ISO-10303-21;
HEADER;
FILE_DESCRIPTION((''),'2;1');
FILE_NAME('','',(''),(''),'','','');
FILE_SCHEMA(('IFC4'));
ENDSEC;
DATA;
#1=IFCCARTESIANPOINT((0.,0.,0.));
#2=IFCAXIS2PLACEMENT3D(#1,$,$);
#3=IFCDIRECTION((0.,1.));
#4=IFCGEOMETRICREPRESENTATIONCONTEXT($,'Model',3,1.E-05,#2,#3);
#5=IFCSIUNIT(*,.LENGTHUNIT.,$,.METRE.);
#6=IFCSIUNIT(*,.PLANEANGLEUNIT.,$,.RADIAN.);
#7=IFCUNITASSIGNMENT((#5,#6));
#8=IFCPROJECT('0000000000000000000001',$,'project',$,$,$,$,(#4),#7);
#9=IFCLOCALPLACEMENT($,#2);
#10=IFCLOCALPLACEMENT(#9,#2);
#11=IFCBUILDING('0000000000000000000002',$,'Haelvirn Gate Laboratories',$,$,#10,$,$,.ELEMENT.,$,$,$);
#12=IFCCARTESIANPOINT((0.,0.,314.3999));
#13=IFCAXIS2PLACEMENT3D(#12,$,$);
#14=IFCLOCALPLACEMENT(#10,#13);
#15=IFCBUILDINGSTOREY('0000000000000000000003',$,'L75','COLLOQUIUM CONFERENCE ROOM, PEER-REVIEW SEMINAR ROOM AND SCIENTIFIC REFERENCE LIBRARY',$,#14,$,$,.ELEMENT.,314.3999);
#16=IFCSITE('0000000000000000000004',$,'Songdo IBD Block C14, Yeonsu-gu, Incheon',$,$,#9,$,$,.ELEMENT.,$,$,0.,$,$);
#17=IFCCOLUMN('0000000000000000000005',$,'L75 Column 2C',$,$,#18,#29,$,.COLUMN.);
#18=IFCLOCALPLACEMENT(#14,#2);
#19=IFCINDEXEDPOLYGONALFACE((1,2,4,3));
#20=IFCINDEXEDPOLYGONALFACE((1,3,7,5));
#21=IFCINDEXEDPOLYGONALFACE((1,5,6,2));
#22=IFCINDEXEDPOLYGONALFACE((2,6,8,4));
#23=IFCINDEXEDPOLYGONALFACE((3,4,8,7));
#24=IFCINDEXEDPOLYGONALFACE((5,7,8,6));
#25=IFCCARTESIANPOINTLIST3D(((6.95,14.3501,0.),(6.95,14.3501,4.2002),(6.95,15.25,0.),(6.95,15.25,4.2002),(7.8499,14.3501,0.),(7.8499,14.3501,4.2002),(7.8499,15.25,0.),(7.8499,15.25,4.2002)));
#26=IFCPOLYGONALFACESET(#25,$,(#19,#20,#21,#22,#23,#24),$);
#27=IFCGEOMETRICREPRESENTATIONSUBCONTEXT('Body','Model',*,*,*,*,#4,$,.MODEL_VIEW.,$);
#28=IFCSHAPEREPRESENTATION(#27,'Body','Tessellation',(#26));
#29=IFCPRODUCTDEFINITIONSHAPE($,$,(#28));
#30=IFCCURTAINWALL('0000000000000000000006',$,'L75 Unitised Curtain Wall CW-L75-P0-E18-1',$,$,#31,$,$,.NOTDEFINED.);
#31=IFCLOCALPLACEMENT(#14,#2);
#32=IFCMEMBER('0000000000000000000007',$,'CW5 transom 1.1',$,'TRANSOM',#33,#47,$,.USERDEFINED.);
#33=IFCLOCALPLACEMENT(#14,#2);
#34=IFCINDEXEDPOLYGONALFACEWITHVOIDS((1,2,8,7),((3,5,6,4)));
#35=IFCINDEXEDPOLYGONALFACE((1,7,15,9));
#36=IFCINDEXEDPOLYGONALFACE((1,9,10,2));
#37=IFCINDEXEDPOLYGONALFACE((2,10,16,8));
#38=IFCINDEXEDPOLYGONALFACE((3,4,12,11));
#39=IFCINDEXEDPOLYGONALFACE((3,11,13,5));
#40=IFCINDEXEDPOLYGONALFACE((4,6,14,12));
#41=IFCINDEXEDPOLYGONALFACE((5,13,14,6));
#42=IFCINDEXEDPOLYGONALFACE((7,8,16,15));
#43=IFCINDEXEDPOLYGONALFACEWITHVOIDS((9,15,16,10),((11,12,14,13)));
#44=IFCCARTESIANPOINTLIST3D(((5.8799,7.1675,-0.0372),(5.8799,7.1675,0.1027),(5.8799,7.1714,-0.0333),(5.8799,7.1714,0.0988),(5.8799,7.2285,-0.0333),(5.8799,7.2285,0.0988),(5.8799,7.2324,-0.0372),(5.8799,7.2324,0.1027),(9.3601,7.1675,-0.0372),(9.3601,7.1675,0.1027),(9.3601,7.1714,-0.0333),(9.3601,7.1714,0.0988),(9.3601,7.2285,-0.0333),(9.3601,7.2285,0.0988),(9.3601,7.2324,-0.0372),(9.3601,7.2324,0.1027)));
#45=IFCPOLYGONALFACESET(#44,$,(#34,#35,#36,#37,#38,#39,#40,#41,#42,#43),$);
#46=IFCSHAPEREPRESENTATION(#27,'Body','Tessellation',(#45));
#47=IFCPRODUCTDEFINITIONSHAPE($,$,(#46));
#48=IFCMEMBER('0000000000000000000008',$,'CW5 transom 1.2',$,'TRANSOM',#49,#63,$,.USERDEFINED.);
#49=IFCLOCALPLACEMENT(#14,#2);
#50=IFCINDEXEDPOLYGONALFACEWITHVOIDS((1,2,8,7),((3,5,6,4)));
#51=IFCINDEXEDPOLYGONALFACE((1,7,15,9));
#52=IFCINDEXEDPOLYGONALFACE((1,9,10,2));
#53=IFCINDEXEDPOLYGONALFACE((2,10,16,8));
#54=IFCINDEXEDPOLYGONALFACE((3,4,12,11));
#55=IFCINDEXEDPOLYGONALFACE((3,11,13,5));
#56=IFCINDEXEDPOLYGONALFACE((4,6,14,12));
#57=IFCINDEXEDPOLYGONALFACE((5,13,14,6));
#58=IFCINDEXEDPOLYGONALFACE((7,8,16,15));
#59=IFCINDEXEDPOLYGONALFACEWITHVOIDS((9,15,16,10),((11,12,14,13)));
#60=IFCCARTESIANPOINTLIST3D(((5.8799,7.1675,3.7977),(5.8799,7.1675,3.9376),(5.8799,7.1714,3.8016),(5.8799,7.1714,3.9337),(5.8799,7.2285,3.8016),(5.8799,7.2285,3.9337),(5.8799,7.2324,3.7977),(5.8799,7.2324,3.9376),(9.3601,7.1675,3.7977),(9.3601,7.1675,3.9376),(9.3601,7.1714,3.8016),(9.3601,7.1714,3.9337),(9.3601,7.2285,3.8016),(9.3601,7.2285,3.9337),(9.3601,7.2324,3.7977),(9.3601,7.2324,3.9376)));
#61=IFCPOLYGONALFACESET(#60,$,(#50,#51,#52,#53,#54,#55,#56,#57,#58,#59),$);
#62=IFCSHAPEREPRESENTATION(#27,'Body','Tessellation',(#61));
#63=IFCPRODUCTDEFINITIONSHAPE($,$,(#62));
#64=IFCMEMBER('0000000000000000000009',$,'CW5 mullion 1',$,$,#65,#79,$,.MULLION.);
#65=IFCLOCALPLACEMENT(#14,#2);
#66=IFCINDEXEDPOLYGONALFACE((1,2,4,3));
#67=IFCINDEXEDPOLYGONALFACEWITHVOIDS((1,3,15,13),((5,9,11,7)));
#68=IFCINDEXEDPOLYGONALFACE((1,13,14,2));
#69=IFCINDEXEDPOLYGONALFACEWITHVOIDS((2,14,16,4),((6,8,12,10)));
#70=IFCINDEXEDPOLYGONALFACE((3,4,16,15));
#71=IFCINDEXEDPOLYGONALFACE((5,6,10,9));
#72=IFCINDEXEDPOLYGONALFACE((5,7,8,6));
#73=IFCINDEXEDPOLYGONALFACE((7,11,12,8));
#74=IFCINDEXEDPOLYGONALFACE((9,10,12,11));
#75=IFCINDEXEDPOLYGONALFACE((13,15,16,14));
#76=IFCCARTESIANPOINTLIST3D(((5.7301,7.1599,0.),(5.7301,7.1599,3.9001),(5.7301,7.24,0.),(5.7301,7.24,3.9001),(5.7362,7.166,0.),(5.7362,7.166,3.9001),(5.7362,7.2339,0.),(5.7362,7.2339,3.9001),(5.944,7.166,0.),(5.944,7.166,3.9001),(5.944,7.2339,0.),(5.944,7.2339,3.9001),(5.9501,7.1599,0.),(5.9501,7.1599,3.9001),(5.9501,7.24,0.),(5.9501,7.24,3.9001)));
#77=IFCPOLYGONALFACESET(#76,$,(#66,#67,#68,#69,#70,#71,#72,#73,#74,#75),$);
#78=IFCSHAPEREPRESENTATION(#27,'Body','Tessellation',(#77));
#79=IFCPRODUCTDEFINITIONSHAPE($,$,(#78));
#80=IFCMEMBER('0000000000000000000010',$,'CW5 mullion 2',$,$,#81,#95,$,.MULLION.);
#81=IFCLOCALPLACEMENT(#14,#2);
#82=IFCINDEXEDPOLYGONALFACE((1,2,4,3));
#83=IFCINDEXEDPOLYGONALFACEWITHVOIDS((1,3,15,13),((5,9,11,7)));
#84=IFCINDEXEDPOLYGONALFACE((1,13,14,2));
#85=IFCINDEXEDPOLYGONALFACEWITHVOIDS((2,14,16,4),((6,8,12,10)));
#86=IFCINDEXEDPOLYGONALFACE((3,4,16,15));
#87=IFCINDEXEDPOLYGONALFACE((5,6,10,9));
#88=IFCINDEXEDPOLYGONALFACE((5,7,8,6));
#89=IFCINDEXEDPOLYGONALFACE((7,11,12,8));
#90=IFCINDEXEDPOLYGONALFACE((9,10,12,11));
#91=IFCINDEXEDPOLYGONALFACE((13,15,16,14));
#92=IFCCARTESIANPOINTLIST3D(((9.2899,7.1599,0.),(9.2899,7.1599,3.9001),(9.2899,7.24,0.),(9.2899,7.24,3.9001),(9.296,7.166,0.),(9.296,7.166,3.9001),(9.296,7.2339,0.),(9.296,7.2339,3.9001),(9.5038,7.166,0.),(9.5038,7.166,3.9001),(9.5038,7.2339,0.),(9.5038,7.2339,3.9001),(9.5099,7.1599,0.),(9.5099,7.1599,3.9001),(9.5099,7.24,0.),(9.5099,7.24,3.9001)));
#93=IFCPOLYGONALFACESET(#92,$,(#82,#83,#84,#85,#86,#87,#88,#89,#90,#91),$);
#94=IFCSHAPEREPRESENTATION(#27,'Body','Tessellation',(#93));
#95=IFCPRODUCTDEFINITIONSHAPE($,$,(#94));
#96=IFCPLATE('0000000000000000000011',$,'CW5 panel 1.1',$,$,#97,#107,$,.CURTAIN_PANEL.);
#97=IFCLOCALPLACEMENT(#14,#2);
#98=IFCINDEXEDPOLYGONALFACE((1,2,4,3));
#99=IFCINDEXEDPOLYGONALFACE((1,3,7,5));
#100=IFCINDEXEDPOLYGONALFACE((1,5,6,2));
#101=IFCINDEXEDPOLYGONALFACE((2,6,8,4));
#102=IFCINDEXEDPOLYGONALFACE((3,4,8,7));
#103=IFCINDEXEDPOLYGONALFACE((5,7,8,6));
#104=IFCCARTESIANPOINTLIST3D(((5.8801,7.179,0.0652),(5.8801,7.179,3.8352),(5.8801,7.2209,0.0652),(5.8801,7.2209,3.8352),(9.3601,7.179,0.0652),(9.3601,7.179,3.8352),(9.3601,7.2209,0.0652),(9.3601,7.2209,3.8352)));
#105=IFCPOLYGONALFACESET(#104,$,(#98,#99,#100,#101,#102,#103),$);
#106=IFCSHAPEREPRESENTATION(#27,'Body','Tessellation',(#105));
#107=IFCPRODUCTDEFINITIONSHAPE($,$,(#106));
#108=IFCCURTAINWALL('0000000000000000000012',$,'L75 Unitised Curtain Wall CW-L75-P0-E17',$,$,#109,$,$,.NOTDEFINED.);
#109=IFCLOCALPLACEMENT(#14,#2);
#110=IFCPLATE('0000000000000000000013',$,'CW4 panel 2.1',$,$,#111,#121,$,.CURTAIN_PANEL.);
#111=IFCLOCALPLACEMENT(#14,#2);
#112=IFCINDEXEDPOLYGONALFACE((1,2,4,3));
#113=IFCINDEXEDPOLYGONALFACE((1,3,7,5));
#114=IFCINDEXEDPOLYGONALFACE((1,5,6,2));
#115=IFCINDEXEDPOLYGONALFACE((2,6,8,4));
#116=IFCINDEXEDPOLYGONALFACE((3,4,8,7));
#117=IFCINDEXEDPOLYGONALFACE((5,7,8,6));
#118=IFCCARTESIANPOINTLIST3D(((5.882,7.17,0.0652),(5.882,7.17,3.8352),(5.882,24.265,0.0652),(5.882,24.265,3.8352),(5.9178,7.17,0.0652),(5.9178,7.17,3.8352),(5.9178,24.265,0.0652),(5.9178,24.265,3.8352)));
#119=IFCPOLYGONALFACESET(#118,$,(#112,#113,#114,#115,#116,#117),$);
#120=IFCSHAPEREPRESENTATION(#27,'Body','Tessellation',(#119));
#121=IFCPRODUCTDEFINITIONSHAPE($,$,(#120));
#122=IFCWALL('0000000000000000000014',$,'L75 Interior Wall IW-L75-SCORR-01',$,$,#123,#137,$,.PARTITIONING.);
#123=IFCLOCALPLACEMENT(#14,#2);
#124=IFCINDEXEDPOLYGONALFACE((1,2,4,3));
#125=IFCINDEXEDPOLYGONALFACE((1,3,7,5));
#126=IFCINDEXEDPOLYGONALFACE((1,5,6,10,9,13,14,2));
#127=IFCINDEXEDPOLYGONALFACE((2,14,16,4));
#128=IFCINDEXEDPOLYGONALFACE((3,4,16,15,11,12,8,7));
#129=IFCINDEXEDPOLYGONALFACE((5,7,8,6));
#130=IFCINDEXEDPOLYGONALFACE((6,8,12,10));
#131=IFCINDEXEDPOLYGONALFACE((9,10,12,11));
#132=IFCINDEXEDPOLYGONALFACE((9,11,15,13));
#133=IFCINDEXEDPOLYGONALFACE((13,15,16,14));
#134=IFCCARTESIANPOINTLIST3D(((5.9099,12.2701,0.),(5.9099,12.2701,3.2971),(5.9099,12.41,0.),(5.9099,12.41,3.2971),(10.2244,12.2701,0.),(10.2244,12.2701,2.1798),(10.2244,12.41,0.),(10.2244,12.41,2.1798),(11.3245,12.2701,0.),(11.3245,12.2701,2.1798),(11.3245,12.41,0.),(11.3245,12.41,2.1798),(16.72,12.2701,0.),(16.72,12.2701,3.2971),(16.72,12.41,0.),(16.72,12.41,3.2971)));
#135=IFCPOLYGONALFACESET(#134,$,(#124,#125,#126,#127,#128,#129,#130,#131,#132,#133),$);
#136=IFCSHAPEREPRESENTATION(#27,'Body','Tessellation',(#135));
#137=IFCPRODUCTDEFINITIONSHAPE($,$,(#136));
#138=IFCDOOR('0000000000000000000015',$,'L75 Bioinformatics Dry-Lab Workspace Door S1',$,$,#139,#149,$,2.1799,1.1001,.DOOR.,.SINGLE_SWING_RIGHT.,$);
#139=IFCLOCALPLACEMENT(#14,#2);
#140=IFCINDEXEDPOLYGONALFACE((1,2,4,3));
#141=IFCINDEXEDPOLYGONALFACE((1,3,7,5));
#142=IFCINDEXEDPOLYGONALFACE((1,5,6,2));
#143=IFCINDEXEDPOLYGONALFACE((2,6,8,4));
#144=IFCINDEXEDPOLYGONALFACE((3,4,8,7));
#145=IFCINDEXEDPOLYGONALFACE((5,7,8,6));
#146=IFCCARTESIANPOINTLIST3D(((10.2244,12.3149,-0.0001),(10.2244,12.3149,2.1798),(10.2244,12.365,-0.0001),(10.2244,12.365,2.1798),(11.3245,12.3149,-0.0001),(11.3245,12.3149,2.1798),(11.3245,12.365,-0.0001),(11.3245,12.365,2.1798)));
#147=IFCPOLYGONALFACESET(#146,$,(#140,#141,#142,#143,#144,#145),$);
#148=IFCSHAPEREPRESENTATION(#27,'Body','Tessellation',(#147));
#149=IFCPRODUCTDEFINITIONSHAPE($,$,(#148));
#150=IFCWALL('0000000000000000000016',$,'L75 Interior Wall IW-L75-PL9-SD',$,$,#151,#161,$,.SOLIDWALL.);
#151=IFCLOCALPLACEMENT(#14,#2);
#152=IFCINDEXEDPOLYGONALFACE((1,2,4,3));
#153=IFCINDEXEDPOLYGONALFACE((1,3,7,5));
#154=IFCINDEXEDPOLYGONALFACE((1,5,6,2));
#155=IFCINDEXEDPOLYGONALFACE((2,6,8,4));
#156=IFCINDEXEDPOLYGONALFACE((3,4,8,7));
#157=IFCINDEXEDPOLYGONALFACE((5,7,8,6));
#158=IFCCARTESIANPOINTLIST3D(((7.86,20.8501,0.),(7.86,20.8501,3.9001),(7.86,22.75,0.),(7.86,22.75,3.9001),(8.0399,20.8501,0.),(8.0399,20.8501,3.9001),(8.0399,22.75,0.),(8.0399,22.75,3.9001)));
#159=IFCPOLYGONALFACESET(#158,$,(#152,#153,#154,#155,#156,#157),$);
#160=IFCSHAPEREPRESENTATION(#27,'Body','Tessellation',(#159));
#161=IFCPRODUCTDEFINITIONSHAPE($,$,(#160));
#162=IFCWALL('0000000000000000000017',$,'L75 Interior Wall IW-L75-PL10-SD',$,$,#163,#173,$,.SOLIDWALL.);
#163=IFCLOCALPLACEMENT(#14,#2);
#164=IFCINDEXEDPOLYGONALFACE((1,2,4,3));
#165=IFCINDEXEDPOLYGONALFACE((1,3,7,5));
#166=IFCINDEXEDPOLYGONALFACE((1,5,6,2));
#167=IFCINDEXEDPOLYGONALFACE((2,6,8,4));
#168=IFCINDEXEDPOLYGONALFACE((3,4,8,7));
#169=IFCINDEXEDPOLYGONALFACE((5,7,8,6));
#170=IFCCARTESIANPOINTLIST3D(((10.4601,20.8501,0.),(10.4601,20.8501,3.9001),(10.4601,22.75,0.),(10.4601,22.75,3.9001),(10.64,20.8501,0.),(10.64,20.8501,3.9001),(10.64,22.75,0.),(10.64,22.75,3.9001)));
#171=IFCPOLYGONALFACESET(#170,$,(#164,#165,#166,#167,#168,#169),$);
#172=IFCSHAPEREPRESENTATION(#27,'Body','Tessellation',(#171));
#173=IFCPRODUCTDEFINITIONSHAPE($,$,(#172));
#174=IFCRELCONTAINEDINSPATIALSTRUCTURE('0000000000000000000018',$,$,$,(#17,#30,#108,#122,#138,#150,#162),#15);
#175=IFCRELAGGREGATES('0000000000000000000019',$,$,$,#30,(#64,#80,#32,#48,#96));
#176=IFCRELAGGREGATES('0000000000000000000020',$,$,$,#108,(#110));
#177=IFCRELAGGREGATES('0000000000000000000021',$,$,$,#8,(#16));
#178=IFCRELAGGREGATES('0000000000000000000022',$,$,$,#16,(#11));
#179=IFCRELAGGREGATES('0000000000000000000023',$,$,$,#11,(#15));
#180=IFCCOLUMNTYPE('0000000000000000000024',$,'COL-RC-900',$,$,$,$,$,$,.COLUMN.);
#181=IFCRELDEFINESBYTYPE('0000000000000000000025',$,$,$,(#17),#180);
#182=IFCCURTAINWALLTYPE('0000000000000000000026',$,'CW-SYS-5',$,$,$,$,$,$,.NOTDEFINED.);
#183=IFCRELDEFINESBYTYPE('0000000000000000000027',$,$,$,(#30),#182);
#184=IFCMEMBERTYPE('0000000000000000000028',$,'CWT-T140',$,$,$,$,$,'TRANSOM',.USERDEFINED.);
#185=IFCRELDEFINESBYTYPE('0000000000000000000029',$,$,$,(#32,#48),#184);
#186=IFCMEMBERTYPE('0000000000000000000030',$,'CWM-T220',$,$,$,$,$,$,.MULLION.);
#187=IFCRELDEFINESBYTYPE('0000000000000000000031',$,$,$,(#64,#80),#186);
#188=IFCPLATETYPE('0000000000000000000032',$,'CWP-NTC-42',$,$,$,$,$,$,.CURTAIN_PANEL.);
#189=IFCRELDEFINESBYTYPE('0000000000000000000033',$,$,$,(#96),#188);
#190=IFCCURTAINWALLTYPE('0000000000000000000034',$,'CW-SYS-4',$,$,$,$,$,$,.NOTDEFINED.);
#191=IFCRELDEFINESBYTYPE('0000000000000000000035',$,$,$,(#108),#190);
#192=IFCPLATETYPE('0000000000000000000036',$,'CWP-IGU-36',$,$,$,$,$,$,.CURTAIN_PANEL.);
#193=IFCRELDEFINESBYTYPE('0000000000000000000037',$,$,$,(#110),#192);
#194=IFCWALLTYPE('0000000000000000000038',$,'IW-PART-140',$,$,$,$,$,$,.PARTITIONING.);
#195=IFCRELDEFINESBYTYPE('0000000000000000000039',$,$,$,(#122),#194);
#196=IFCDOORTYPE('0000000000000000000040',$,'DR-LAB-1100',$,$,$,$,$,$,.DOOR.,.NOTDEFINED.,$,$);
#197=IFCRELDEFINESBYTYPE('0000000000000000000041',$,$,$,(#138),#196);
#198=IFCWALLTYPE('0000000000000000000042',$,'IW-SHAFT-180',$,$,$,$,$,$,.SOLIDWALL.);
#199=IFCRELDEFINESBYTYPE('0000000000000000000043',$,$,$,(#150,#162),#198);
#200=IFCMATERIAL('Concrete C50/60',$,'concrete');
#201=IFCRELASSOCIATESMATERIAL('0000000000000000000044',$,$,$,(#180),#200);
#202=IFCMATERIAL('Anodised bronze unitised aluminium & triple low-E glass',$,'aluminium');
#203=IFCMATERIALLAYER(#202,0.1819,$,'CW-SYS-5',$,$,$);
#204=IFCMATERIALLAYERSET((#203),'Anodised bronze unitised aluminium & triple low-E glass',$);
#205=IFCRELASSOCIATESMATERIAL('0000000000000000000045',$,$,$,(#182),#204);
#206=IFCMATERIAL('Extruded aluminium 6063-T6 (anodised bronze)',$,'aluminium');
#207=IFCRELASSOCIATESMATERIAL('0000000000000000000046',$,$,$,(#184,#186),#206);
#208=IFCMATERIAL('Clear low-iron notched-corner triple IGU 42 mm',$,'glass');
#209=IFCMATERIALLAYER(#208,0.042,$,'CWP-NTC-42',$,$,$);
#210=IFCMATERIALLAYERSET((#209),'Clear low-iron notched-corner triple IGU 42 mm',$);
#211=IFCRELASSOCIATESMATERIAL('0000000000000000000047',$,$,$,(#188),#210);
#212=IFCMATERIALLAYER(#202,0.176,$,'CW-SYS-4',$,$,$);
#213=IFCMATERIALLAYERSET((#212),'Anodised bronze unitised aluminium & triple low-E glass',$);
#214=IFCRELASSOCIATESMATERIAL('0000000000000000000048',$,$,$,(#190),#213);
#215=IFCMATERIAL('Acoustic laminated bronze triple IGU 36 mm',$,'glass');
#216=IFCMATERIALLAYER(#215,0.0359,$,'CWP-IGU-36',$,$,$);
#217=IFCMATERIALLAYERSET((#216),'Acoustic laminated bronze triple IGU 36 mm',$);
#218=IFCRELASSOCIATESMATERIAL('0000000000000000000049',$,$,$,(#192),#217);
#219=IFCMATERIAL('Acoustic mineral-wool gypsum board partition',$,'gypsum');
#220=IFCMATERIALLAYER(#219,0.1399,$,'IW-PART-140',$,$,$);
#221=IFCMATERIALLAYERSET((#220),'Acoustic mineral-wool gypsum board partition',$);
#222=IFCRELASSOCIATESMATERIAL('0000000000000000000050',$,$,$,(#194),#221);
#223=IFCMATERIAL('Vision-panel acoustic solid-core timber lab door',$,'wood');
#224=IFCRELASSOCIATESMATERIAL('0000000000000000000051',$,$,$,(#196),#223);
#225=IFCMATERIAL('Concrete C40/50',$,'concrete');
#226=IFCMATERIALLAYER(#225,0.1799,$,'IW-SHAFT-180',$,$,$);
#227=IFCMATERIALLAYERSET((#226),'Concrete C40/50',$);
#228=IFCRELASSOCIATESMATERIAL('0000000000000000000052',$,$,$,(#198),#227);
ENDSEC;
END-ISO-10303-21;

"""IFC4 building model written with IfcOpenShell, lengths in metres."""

from ifc_helpers import new_model, si_unit, direction, frame, frame_2d, origin, origin_2d, place, context, subcontext, project, spatial, rectangle, hollow_rectangle, extrude, source, transform, mapped, material, layer, layer_set, material_profile, profile_set, type_object, type_shapes, element, fill, aggregate, save


model = new_model("IFC4")

# Units and contexts
model_context = context("Model", 3, precision=1e-05, world=origin(), true_north=direction((0.0, 1.0)))
body_context = subcontext(model_context, "Body", "Model", "MODEL_VIEW")
ifc_project = project(units=[si_unit("LENGTHUNIT", "METRE"), si_unit("PLANEANGLEUNIT", "RADIAN")], contexts=[model_context])

# Site, building, storey
site_placement = place(None, origin())
site = spatial("IfcSite", under=ifc_project, at=site_placement, Name="Songdo IBD Block C14, Yeonsu-gu, Incheon", CompositionType="ELEMENT", RefElevation=0.0)
building_placement = place(site_placement, origin())
building = spatial("IfcBuilding", under=site, at=building_placement, Name="Haelvirn Gate Laboratories", CompositionType="ELEMENT")
storey_placement = place(building_placement, frame((0.0, 0.0, 314.3999)))
storey = spatial("IfcBuildingStorey", under=building, at=storey_placement, Name="L75", Description="COLLOQUIUM CONFERENCE ROOM, PEER-REVIEW SEMINAR ROOM AND SCIENTIFIC REFERENCE LIBRARY", CompositionType="ELEMENT", Elevation=314.3999)

# Column
ifc_material_1 = material(Name="Concrete C50/60", Category="concrete")
ifc_material_profile_1 = material_profile(ifc_material_1, rectangle(XDim=0.8999, YDim=0.8999, at=origin_2d()), Name="RC-900x900")
ifc_profile_set_1 = profile_set([ifc_material_profile_1], Name="Concrete C50/60")
column_type = type_object("IfcColumnType", Name="COL-RC-900", PredefinedType="COLUMN", material=ifc_profile_set_1)
shared_shape_1 = source(origin(), body_context, "Body", "SweptSolid", [
    extrude(rectangle(XDim=0.8999, YDim=0.8999, at=origin_2d()), origin(), (0.0, 0.0, 1.0), 4.2002),
])
type_shapes(column_type, [shared_shape_1])
column_placement = place(storey_placement, frame((7.3999, 14.8, 0.0), z_axis=(0.0, 0.0, 1.0), x_axis=(1.0, 0.0, 0.0)))
element("IfcColumn", 1, at=column_placement, inside=storey, type_object=column_type, Name="L75 Column 2C", PredefinedType="COLUMN", context=body_context, shape_type="MappedRepresentation", body=[
    mapped(shared_shape_1, transform((0.0, 0.0, 0.0), scale=1.0)),
])

# Curtain wall, members, plate
ifc_material_2 = material(Name="Anodised bronze unitised aluminium & triple low-E glass", Category="aluminium")
ifc_layer_1 = layer(ifc_material_2, 0.1819, Name="CW-SYS-5")
ifc_layer_set_1 = layer_set([ifc_layer_1], Name="Anodised bronze unitised aluminium & triple low-E glass")
curtain_wall_type_1 = type_object("IfcCurtainWallType", Name="CW-SYS-5", PredefinedType="NOTDEFINED", material=ifc_layer_set_1)
curtain_wall_1_placement = place(storey_placement, origin())
curtain_wall_1 = element("IfcCurtainWall", 2, at=curtain_wall_1_placement, inside=storey, type_object=curtain_wall_type_1, Name="L75 Unitised Curtain Wall CW-L75-P0-E18-1", PredefinedType="NOTDEFINED")
ifc_material_3 = material(Name="Extruded aluminium 6063-T6 (anodised bronze)", Category="aluminium")
ifc_material_profile_2 = material_profile(ifc_material_3, hollow_rectangle(XDim=0.0649, YDim=0.1399, WallThickness=0.0039, at=origin_2d()), Name="CWT-140x65x4")
ifc_profile_set_2 = profile_set([ifc_material_profile_2], Name="Extruded aluminium 6063-T6 (anodised bronze)")
member_type_1 = type_object("IfcMemberType", Name="CWT-T140", ElementType="TRANSOM", PredefinedType="USERDEFINED", material=ifc_profile_set_2)
shared_shape_2 = source(origin(), body_context, "Body", "SweptSolid", [
    extrude(hollow_rectangle(XDim=0.0649, YDim=0.1399, WallThickness=0.0039, at=origin_2d()), origin(), (0.0, 0.0, 1.0), 3.4802),
])
type_shapes(member_type_1, [shared_shape_2])
member_1_placement = place(storey_placement, frame((5.8799, 7.2, 0.0327), z_axis=(1.0, 0.0, 0.0), x_axis=(0.0, 1.0, 0.0)))
member_1 = element("IfcMember", 3, at=member_1_placement, type_object=member_type_1, Name="CW5 transom 1.1", ObjectType="TRANSOM", PredefinedType="USERDEFINED", context=body_context, shape_type="MappedRepresentation", body=[
    mapped(shared_shape_2, transform((0.0, 0.0, 0.0), scale=1.0)),
])
member_2_placement = place(storey_placement, frame((5.8799, 7.2, 3.8677), z_axis=(1.0, 0.0, 0.0), x_axis=(0.0, 1.0, 0.0)))
member_2 = element("IfcMember", 4, at=member_2_placement, type_object=member_type_1, Name="CW5 transom 1.2", ObjectType="TRANSOM", PredefinedType="USERDEFINED", context=body_context, shape_type="MappedRepresentation", body=[
    mapped(shared_shape_2, transform((0.0, 0.0, 0.0), scale=1.0)),
])
ifc_material_profile_3 = material_profile(ifc_material_3, hollow_rectangle(XDim=0.0801, YDim=0.22, WallThickness=0.0061, at=origin_2d()), Name="CWM-220x80x6")
ifc_profile_set_3 = profile_set([ifc_material_profile_3], Name="Extruded aluminium 6063-T6 (anodised bronze)")
member_type_2 = type_object("IfcMemberType", Name="CWM-T220", PredefinedType="MULLION", material=ifc_profile_set_3)
shared_shape_3 = source(origin(), body_context, "Body", "SweptSolid", [
    extrude(hollow_rectangle(XDim=0.0801, YDim=0.22, WallThickness=0.0061, at=origin_2d()), origin(), (0.0, 0.0, 1.0), 3.9001),
])
type_shapes(member_type_2, [shared_shape_3])
member_3_placement = place(storey_placement, frame((5.8401, 7.2, 0.0), z_axis=(0.0, 0.0, 1.0), x_axis=(0.0, 1.0, 0.0)))
member_3 = element("IfcMember", 5, at=member_3_placement, type_object=member_type_2, Name="CW5 mullion 1", PredefinedType="MULLION", context=body_context, shape_type="MappedRepresentation", body=[
    mapped(shared_shape_3, transform((0.0, 0.0, 0.0), scale=1.0)),
])
member_4_placement = place(storey_placement, frame((9.3999, 7.2, 0.0), z_axis=(0.0, 0.0, 1.0), x_axis=(0.0, 1.0, 0.0)))
member_4 = element("IfcMember", 6, at=member_4_placement, type_object=member_type_2, Name="CW5 mullion 2", PredefinedType="MULLION", context=body_context, shape_type="MappedRepresentation", body=[
    mapped(shared_shape_3, transform((0.0, 0.0, 0.0), scale=1.0)),
])
ifc_material_4 = material(Name="Clear low-iron notched-corner triple IGU 42 mm", Category="glass")
ifc_layer_2 = layer(ifc_material_4, 0.042, Name="CWP-NTC-42")
ifc_layer_set_2 = layer_set([ifc_layer_2], Name="Clear low-iron notched-corner triple IGU 42 mm")
plate_type_1 = type_object("IfcPlateType", Name="CWP-NTC-42", PredefinedType="CURTAIN_PANEL", material=ifc_layer_set_2)
shared_shape_4 = source(origin(), body_context, "Body", "SweptSolid", [
    extrude(rectangle(XDim=3.48, YDim=0.042, at=origin_2d()), origin(), (0.0, 0.0, 1.0), 3.77),
])
type_shapes(plate_type_1, [shared_shape_4])
plate_1_placement = place(storey_placement, frame((7.6201, 7.2, 0.0652), z_axis=(0.0, 0.0, 1.0), x_axis=(1.0, 0.0, 0.0)))
plate_1 = element("IfcPlate", 7, at=plate_1_placement, type_object=plate_type_1, Name="CW5 panel 1.1", PredefinedType="CURTAIN_PANEL", context=body_context, shape_type="MappedRepresentation", body=[
    mapped(shared_shape_4, transform((0.0, 0.0, 0.0), scale=1.0)),
])
aggregate(curtain_wall_1, [member_3, member_4, member_1, member_2, plate_1])

# Curtain wall, plate
ifc_layer_3 = layer(ifc_material_2, 0.176, Name="CW-SYS-4")
ifc_layer_set_3 = layer_set([ifc_layer_3], Name="Anodised bronze unitised aluminium & triple low-E glass")
curtain_wall_type_2 = type_object("IfcCurtainWallType", Name="CW-SYS-4", PredefinedType="NOTDEFINED", material=ifc_layer_set_3)
curtain_wall_2_placement = place(storey_placement, origin())
curtain_wall_2 = element("IfcCurtainWall", 8, at=curtain_wall_2_placement, inside=storey, type_object=curtain_wall_type_2, Name="L75 Unitised Curtain Wall CW-L75-P0-E17", PredefinedType="NOTDEFINED")
ifc_material_5 = material(Name="Acoustic laminated bronze triple IGU 36 mm", Category="glass")
ifc_layer_4 = layer(ifc_material_5, 0.0359, Name="CWP-IGU-36")
ifc_layer_set_4 = layer_set([ifc_layer_4], Name="Acoustic laminated bronze triple IGU 36 mm")
plate_type_2 = type_object("IfcPlateType", Name="CWP-IGU-36", PredefinedType="CURTAIN_PANEL", material=ifc_layer_set_4)
shared_shape_5 = source(origin(), body_context, "Body", "SweptSolid", [
    extrude(rectangle(XDim=17.095, YDim=0.0359, at=origin_2d()), origin(), (0.0, 0.0, 1.0), 3.77),
])
type_shapes(plate_type_2, [shared_shape_5])
plate_2_placement = place(storey_placement, frame((5.8999, 15.7175, 0.0652), z_axis=(0.0, 0.0, 1.0), x_axis=(0.0, -1.0, 0.0)))
plate_2 = element("IfcPlate", 9, at=plate_2_placement, type_object=plate_type_2, Name="CW4 panel 2.1", PredefinedType="CURTAIN_PANEL", context=body_context, shape_type="MappedRepresentation", body=[
    mapped(shared_shape_5, transform((0.0, 0.0, 0.0), scale=1.0)),
])
aggregate(curtain_wall_2, [plate_2])

# Wall, opening, door
ifc_material_6 = material(Name="Acoustic mineral-wool gypsum board partition", Category="gypsum")
ifc_layer_5 = layer(ifc_material_6, 0.1399, Name="IW-PART-140")
ifc_layer_set_5 = layer_set([ifc_layer_5], Name="Acoustic mineral-wool gypsum board partition")
wall_type_1 = type_object("IfcWallType", Name="IW-PART-140", PredefinedType="PARTITIONING", material=ifc_layer_set_5)
wall_1_placement = place(storey_placement, frame((5.9099, 12.3401, 0.0), z_axis=(0.0, 0.0, 1.0), x_axis=(1.0, 0.0, 0.0)))
wall_1 = element("IfcWall", 10, at=wall_1_placement, inside=storey, type_object=wall_type_1, Name="L75 Interior Wall IW-L75-SCORR-01", PredefinedType="PARTITIONING", context=body_context, shape_type="SweptSolid", body=[
    extrude(rectangle(XDim=10.8101, YDim=0.1399, at=frame_2d((5.405, 0.0))), origin(), (0.0, 0.0, 1.0), 3.2971),
])
opening_1_placement = place(wall_1_placement, frame((4.3145, 0.0, 0.0)))
opening_1 = element("IfcOpeningElement", 11, at=opening_1_placement, cuts=wall_1, PredefinedType="OPENING", context=body_context, shape_type="SweptSolid", body=[
    extrude(rectangle(XDim=1.1001, YDim=2.1799, at=frame_2d((0.55, 1.0898))), frame((0.0, 0.0801, 0.0), z_axis=(0.0, -1.0, 0.0), x_axis=(1.0, 0.0, 0.0)), (0.0, 0.0, 1.0), 0.1599),
])
ifc_material_7 = material(Name="Vision-panel acoustic solid-core timber lab door", Category="wood")
door_type_1 = type_object("IfcDoorType", Name="DR-LAB-1100", OperationType="NOTDEFINED", PredefinedType="DOOR", material=ifc_material_7)
shared_shape_6 = source(origin(), body_context, "Body", "SweptSolid", [
    extrude(rectangle(XDim=1.1001, YDim=2.1799, at=frame_2d((0.55, 1.0898))), frame((0.0, 0.0249, 0.0), z_axis=(0.0, -1.0, 0.0), x_axis=(1.0, 0.0, 0.0)), (0.0, 0.0, 1.0), 0.05),
])
type_shapes(door_type_1, [shared_shape_6])
door_1_placement = place(opening_1_placement, origin())
door_1 = element("IfcDoor", 12, at=door_1_placement, inside=storey, type_object=door_type_1, Name="L75 Bioinformatics Dry-Lab Workspace Door S1", OperationType="SINGLE_SWING_RIGHT", OverallHeight=2.1799, OverallWidth=1.1001, PredefinedType="DOOR", context=body_context, shape_type="MappedRepresentation", body=[
    mapped(shared_shape_6, transform((0.0, 0.0, 0.0), scale=1.0)),
])
fill(opening_1, door_1)

# Walls
ifc_material_8 = material(Name="Concrete C40/50", Category="concrete")
ifc_layer_6 = layer(ifc_material_8, 0.1799, Name="IW-SHAFT-180")
ifc_layer_set_6 = layer_set([ifc_layer_6], Name="Concrete C40/50")
wall_type_2 = type_object("IfcWallType", Name="IW-SHAFT-180", PredefinedType="SOLIDWALL", material=ifc_layer_set_6)
for number, where, z_axis, x_axis, name in (
    (13, (7.95, 20.8501, 0.0), (0.0, 0.0, 1.0), (0.0, 1.0, 0.0), "L75 Interior Wall IW-L75-PL9-SD"),
    (14, (10.55, 20.8501, 0.0), (0.0, 0.0, 1.0), (0.0, 1.0, 0.0), "L75 Interior Wall IW-L75-PL10-SD"),
):
    element("IfcWall", number, at=place(storey_placement, frame(where, z_axis=z_axis, x_axis=x_axis)), inside=storey, type_object=wall_type_2, Name=name, PredefinedType="SOLIDWALL", context=body_context, shape_type="SweptSolid", body=[
        extrude(rectangle(XDim=1.8999, YDim=0.1799, at=frame_2d((0.95, 0.0))), origin(), (0.0, 0.0, 1.0), 3.9001),
    ])

save(model, "model.ifc")
